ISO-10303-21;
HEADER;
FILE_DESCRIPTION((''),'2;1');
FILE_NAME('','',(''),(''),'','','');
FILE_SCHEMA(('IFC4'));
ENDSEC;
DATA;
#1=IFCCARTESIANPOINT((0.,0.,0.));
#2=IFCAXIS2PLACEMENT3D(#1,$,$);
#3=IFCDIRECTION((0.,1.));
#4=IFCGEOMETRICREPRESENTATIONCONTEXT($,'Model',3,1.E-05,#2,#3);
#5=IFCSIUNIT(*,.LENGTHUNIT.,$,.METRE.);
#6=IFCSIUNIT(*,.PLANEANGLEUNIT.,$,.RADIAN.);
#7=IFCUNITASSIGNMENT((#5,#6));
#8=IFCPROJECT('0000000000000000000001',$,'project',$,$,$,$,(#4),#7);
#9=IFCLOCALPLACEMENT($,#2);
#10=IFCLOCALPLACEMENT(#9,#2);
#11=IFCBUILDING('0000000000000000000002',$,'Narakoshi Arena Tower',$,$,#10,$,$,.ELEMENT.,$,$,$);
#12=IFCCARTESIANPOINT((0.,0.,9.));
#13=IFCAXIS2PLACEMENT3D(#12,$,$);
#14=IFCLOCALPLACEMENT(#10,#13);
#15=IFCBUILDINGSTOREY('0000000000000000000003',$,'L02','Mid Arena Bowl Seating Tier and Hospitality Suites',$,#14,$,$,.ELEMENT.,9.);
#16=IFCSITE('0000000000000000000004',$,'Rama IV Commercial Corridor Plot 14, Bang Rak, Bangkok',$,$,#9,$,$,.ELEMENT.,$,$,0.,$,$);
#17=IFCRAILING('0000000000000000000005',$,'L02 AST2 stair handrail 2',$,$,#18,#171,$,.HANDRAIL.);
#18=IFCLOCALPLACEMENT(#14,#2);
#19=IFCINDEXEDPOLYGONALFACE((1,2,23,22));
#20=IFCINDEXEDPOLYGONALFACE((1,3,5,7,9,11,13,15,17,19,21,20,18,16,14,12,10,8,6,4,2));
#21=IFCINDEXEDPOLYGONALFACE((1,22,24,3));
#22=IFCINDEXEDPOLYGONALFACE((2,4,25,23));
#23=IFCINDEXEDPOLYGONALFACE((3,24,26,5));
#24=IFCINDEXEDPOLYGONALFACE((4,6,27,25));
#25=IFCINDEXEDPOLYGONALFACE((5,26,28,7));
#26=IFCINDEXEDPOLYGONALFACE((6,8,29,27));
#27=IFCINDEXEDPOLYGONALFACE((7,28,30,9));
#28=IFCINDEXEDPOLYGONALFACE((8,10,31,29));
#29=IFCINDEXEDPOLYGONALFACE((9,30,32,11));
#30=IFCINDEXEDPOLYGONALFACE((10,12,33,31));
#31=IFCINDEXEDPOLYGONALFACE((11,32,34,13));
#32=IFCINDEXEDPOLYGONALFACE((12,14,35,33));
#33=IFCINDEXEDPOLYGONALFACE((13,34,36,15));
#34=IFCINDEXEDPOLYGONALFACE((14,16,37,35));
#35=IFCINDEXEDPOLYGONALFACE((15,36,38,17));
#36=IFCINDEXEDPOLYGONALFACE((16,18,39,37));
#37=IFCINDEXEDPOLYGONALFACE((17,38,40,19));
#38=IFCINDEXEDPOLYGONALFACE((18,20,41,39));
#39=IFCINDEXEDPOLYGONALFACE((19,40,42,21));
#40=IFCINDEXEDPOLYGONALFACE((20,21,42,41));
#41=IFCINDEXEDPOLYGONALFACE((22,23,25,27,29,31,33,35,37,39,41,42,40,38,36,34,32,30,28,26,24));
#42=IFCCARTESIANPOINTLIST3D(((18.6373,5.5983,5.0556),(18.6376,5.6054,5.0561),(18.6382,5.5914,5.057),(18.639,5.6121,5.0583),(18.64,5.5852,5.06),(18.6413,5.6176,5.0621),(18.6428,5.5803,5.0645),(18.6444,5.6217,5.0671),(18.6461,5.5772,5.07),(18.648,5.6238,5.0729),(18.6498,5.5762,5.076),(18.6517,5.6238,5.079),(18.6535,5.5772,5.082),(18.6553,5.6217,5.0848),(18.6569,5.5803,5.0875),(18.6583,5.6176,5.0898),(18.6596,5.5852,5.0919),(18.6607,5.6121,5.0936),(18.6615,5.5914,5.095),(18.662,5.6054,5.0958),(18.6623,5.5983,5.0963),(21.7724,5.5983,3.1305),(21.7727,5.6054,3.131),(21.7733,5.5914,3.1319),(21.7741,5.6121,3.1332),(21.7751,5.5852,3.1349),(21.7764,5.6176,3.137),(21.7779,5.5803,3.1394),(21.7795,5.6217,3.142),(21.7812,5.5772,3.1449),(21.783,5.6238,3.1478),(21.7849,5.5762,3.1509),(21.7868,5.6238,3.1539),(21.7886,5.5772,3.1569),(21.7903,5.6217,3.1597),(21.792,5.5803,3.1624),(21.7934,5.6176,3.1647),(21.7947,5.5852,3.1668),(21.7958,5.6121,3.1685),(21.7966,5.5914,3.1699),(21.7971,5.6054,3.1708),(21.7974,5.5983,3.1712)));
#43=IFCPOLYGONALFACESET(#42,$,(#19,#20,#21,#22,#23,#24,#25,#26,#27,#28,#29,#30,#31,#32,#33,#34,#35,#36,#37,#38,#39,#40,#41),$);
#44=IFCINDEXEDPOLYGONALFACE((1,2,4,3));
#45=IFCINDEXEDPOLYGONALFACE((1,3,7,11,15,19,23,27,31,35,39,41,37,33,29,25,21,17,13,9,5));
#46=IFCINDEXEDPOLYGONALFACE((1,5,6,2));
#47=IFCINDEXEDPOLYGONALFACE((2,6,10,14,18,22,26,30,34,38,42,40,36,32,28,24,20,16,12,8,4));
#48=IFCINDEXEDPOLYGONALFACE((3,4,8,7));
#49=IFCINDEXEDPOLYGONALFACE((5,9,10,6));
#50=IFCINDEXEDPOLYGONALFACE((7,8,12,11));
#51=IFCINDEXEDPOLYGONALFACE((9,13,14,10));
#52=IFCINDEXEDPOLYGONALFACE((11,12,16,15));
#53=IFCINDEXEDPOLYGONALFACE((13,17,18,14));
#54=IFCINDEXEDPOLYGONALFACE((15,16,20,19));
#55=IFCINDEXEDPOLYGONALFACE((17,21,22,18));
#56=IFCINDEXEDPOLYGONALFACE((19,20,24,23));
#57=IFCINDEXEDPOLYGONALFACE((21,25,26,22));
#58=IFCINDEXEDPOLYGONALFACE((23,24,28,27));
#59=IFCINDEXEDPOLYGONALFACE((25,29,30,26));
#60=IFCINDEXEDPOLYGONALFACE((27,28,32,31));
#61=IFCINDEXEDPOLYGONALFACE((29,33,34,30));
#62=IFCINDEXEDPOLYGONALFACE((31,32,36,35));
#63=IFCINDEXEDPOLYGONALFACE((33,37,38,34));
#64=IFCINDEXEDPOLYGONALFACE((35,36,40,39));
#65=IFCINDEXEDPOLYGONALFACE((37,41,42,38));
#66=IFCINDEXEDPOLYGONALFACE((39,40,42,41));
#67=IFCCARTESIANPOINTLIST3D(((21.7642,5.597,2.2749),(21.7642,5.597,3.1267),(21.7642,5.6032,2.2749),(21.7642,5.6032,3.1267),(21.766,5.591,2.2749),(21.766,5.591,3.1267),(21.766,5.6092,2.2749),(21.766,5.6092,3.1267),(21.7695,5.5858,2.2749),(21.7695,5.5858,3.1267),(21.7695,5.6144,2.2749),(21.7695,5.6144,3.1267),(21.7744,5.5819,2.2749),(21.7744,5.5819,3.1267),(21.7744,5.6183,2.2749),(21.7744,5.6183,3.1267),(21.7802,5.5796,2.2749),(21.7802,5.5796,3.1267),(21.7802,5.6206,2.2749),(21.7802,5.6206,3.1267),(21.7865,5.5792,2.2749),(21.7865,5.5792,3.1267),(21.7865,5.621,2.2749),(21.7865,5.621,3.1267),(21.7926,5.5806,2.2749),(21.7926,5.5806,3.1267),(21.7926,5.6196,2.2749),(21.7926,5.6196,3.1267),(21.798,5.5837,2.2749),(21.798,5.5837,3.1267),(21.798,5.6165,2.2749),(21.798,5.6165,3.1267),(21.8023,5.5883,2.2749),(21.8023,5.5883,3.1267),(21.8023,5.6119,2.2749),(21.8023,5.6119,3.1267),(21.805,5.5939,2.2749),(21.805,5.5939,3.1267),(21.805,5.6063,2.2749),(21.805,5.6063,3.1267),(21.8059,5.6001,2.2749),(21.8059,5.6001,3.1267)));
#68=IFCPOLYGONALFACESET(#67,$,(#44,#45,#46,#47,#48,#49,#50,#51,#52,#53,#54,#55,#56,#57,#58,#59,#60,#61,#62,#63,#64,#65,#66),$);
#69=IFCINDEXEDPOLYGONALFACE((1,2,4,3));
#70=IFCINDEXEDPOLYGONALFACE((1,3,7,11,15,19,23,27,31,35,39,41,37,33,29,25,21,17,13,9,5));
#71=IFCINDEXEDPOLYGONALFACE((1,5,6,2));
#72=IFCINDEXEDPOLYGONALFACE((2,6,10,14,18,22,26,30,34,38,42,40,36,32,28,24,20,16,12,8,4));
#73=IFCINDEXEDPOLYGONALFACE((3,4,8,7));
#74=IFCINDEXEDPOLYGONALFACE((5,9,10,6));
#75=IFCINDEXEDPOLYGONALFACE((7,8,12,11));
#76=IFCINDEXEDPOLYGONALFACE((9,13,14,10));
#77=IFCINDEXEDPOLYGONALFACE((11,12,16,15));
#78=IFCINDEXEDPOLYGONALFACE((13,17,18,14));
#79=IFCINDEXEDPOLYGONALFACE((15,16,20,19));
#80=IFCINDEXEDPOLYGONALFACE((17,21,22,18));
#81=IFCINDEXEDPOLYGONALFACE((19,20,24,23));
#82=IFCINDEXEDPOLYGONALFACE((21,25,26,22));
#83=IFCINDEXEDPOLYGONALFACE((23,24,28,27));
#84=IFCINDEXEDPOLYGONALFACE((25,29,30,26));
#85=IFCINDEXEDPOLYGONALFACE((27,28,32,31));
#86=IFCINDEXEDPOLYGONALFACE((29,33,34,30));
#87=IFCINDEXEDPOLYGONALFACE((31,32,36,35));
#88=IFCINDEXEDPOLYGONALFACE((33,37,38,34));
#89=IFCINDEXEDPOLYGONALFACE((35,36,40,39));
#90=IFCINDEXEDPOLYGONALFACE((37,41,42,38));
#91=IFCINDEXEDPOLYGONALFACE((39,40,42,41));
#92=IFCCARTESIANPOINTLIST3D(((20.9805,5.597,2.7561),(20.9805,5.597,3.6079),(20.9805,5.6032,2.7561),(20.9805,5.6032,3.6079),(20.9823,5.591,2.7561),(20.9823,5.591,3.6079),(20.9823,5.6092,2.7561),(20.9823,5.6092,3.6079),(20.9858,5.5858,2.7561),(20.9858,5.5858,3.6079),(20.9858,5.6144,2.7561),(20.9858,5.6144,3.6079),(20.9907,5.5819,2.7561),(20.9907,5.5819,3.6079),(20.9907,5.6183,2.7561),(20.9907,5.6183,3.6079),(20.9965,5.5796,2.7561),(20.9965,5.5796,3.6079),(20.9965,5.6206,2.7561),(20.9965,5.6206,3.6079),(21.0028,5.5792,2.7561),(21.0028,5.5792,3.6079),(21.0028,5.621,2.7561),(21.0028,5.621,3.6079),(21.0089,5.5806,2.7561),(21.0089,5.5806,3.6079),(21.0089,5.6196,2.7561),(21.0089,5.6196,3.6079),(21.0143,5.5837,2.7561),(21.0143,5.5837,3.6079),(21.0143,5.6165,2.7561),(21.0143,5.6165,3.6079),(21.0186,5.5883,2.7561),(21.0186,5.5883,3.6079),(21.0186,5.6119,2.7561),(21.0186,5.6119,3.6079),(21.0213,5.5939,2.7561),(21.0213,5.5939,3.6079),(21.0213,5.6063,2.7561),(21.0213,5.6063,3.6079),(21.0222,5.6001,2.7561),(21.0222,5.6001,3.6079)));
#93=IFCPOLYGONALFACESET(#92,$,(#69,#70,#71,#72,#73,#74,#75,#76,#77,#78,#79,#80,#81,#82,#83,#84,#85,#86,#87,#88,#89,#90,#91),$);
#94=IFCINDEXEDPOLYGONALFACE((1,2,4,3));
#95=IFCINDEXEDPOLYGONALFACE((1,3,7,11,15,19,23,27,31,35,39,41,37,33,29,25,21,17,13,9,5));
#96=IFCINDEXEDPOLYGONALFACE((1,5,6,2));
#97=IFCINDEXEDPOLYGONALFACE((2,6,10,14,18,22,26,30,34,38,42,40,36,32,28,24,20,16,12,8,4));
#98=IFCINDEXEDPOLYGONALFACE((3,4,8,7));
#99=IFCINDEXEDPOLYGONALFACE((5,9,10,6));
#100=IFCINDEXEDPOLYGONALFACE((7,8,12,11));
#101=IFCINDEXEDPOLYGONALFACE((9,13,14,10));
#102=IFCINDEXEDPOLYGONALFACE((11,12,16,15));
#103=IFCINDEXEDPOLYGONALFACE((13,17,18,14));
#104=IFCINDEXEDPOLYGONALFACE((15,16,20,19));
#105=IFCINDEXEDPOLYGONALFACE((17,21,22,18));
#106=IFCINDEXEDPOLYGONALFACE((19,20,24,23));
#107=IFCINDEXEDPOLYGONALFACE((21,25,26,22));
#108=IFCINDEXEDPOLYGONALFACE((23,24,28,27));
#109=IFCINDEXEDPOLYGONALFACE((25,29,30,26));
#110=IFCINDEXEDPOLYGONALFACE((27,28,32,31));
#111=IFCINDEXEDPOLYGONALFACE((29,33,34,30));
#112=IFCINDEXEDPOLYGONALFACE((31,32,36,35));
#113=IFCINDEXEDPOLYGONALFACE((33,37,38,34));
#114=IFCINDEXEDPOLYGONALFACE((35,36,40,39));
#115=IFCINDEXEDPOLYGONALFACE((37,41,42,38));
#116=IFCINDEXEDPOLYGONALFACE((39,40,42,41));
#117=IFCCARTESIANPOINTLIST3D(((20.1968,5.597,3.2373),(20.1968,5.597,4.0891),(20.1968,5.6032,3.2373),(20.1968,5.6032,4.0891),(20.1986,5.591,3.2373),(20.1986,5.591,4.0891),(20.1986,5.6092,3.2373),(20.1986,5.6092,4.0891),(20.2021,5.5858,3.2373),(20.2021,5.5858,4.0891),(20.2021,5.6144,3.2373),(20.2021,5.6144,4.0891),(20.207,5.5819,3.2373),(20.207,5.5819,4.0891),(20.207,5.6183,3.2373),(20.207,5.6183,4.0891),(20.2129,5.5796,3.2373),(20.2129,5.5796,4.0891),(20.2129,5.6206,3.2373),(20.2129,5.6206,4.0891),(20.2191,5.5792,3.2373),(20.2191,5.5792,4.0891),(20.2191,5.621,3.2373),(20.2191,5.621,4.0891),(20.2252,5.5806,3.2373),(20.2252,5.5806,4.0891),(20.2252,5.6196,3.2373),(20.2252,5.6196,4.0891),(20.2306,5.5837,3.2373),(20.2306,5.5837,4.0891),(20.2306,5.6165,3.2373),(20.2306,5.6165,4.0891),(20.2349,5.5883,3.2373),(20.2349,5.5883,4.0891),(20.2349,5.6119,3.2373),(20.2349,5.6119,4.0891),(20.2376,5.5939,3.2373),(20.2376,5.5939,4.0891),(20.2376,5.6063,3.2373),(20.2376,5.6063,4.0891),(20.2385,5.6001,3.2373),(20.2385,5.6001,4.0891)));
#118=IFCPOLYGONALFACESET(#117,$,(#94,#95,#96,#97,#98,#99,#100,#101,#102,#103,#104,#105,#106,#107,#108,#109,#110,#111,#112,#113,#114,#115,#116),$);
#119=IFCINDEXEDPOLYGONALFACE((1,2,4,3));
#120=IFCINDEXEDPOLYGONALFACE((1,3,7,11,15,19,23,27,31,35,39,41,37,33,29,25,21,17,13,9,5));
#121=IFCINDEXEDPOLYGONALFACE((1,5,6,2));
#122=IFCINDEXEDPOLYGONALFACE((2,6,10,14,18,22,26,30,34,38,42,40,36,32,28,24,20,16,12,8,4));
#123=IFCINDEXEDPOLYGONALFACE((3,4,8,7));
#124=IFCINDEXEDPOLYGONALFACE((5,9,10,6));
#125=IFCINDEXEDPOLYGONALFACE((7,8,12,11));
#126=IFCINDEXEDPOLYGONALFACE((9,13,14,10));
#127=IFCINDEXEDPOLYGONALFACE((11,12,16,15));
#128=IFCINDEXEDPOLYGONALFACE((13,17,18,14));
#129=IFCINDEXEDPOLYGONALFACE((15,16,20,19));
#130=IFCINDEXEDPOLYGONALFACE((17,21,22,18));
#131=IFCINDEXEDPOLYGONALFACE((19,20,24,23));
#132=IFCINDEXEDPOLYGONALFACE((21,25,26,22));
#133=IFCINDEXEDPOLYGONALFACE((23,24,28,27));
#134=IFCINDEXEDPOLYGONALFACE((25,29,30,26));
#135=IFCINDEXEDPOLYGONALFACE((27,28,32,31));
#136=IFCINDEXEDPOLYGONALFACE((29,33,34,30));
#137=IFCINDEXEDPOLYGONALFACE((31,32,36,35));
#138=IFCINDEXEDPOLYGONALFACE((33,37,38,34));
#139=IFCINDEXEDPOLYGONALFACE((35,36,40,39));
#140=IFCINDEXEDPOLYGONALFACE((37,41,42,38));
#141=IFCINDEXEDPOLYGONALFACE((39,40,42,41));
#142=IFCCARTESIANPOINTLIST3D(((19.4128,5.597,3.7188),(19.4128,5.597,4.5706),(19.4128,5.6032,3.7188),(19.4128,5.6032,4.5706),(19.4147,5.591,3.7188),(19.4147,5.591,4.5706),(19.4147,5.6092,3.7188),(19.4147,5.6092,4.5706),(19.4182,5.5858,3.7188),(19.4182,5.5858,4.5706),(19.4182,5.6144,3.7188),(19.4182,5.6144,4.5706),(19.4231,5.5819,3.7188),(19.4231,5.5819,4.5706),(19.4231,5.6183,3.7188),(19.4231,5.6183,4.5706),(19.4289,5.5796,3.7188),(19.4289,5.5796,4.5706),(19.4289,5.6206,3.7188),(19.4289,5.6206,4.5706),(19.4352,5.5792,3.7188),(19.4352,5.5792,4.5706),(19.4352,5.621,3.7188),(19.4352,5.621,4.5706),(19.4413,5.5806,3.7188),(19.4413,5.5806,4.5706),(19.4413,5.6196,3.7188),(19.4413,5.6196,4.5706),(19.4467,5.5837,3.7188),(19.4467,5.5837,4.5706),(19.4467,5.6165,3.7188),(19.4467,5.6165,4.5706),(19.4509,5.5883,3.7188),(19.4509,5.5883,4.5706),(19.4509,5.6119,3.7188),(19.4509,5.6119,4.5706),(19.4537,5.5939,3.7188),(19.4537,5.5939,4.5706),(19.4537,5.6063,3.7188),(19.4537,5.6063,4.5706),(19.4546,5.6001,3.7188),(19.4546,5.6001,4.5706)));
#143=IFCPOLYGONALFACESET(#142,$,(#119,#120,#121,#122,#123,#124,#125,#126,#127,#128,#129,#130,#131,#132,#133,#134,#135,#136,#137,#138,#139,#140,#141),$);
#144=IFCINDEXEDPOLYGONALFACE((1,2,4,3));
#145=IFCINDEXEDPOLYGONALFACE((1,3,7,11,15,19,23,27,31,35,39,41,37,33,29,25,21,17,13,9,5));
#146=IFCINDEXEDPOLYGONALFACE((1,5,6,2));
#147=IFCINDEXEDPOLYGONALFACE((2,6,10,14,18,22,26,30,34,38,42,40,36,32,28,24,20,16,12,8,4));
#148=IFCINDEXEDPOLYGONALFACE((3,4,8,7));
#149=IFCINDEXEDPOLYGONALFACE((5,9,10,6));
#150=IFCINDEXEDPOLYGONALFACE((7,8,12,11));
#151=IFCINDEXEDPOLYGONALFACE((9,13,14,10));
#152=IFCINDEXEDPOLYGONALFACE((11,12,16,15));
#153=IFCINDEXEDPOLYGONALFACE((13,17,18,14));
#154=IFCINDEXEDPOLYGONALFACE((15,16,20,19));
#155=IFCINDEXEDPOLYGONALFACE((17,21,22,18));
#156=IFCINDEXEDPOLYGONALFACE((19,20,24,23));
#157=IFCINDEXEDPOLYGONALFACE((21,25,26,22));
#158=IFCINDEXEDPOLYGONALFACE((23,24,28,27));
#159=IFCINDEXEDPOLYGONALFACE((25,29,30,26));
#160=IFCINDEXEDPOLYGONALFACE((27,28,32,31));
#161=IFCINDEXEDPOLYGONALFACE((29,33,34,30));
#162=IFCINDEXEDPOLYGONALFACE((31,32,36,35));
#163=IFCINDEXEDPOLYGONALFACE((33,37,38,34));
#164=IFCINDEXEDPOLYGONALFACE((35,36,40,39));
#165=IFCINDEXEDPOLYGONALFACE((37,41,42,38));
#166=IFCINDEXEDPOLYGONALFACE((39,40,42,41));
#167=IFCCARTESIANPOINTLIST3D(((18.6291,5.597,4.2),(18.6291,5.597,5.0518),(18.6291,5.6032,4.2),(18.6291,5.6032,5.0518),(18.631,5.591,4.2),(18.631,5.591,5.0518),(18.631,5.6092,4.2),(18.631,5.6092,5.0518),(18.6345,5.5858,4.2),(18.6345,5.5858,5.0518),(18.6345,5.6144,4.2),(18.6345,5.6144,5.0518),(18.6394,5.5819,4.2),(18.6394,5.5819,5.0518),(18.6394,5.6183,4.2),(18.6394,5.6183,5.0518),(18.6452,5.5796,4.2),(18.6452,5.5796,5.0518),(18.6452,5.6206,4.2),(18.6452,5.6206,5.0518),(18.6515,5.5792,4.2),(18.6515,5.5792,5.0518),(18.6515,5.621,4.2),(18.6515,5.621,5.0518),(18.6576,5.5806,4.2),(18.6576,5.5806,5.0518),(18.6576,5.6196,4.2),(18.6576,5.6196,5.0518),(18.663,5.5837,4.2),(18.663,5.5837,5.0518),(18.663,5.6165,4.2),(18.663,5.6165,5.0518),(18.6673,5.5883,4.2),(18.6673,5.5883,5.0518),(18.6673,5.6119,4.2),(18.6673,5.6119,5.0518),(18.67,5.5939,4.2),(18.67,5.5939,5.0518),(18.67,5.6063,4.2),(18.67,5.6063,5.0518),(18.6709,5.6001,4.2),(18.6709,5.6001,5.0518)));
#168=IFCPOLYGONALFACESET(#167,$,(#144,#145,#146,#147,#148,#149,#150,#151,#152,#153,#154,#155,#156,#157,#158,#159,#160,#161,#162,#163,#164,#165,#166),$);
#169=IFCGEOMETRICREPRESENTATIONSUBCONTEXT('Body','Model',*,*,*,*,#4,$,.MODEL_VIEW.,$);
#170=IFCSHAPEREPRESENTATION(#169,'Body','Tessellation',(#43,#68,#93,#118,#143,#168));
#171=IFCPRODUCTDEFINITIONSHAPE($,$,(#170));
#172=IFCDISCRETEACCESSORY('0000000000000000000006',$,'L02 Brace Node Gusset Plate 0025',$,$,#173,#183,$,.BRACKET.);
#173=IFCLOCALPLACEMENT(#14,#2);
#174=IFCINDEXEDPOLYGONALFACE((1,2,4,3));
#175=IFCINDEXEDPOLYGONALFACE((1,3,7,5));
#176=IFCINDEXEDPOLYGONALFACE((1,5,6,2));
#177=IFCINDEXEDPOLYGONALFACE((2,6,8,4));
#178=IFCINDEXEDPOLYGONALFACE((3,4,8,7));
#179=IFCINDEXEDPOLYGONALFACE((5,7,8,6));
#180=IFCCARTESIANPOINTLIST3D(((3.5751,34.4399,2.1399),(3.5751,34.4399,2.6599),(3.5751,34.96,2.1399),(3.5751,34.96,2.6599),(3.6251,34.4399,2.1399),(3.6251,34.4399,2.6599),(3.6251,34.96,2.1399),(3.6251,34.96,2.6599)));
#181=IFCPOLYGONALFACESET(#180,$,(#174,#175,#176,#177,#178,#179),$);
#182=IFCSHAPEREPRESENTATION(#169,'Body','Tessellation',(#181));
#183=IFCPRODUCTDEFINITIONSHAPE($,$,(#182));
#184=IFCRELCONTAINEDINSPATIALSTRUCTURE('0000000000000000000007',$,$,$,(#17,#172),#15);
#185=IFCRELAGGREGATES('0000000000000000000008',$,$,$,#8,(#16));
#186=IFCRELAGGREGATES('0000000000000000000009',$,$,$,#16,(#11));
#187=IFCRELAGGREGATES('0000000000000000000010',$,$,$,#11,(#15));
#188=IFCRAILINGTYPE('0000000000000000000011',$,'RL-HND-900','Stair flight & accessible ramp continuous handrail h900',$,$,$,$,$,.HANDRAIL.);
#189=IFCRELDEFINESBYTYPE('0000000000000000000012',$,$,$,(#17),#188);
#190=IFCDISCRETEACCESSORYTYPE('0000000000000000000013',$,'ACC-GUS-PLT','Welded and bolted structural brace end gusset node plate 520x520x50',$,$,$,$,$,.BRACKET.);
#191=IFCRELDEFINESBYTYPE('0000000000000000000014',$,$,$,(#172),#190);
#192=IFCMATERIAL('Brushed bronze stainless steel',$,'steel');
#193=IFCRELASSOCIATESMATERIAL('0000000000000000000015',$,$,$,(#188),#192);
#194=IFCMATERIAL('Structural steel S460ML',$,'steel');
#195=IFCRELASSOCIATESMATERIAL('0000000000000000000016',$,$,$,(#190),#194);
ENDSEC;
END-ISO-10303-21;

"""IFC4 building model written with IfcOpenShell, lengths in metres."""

from ifc_helpers import new_model, si_unit, direction, frame, origin, origin_2d, place, context, subcontext, project, spatial, rectangle, circle, extrude, material, type_object, element, save


model = new_model("IFC4")

# Units and contexts
model_context = context("Model", 3, precision=1e-05, world=origin(), true_north=direction((0.0, 1.0)))
body_context = subcontext(model_context, "Body", "Model", "MODEL_VIEW")
ifc_project = project(units=[si_unit("LENGTHUNIT", "METRE"), si_unit("PLANEANGLEUNIT", "RADIAN")], contexts=[model_context])

# Site, building, storey
site_placement = place(None, origin())
site = spatial("IfcSite", under=ifc_project, at=site_placement, Name="Rama IV Commercial Corridor Plot 14, Bang Rak, Bangkok", CompositionType="ELEMENT", RefElevation=0.0)
building_placement = place(site_placement, origin())
building = spatial("IfcBuilding", under=site, at=building_placement, Name="Narakoshi Arena Tower", CompositionType="ELEMENT")
storey_placement = place(building_placement, frame((0.0, 0.0, 9.0)))
storey = spatial("IfcBuildingStorey", under=building, at=storey_placement, Name="L02", Description="Mid Arena Bowl Seating Tier and Hospitality Suites", CompositionType="ELEMENT", Elevation=9.0)

# Railing
ifc_material_1 = material(Name="Brushed bronze stainless steel", Category="steel")
railing_type_1 = type_object("IfcRailingType", Name="RL-HND-900", Description="Stair flight & accessible ramp continuous handrail h900", PredefinedType="HANDRAIL", material=ifc_material_1)
for number, where, name in (
    (1, (21.7849, 5.6001, 2.2749), "L02 AST2 stair handrail 2"),
):
    element("IfcRailing", number, at=place(storey_placement, frame(where)), inside=storey, type_object=railing_type_1, Name=name, PredefinedType="HANDRAIL", context=body_context, shape_type="SweptSolid", body=[
        extrude(circle(Radius=0.0239, at=origin_2d()), frame((0.0, 0.0, 0.876), z_axis=(-0.852166, 0.0, 0.523271), x_axis=(0.0, -1.0, 0.0)), (0.0, 0.0, 1.0), 3.679),
        extrude(circle(Radius=0.021, at=origin_2d()), origin(), (0.0, 0.0, 1.0), 0.8518),
        extrude(circle(Radius=0.021, at=origin_2d()), frame((-0.7837, 0.0, 0.4812)), (0.0, 0.0, 1.0), 0.8518),
        extrude(circle(Radius=0.021, at=origin_2d()), frame((-1.5674, 0.0, 0.9624)), (0.0, 0.0, 1.0), 0.8518),
        extrude(circle(Radius=0.021, at=origin_2d()), frame((-2.3513, 0.0, 1.4438)), (0.0, 0.0, 1.0), 0.8518),
        extrude(circle(Radius=0.021, at=origin_2d()), frame((-3.135, 0.0, 1.925)), (0.0, 0.0, 1.0), 0.8518),
    ])

# Discrete accessory
ifc_material_2 = material(Name="Structural steel S460ML", Category="steel")
discrete_accessory_type = type_object("IfcDiscreteAccessoryType", Name="ACC-GUS-PLT", Description="Welded and bolted structural brace end gusset node plate 520x520x50", PredefinedType="BRACKET", material=ifc_material_2)
discrete_accessory_placement = place(storey_placement, frame((3.6001, 34.7, 2.1399), z_axis=(0.0, 0.0, 1.0), x_axis=(0.0, 1.0, 0.0)))
element("IfcDiscreteAccessory", 2, at=discrete_accessory_placement, inside=storey, type_object=discrete_accessory_type, Name="L02 Brace Node Gusset Plate 0025", PredefinedType="BRACKET", context=body_context, shape_type="SweptSolid", body=[
    extrude(rectangle(XDim=0.52, YDim=0.05, at=origin_2d()), origin(), (0.0, 0.0, 1.0), 0.52),
])

save(model, "model.ifc")
